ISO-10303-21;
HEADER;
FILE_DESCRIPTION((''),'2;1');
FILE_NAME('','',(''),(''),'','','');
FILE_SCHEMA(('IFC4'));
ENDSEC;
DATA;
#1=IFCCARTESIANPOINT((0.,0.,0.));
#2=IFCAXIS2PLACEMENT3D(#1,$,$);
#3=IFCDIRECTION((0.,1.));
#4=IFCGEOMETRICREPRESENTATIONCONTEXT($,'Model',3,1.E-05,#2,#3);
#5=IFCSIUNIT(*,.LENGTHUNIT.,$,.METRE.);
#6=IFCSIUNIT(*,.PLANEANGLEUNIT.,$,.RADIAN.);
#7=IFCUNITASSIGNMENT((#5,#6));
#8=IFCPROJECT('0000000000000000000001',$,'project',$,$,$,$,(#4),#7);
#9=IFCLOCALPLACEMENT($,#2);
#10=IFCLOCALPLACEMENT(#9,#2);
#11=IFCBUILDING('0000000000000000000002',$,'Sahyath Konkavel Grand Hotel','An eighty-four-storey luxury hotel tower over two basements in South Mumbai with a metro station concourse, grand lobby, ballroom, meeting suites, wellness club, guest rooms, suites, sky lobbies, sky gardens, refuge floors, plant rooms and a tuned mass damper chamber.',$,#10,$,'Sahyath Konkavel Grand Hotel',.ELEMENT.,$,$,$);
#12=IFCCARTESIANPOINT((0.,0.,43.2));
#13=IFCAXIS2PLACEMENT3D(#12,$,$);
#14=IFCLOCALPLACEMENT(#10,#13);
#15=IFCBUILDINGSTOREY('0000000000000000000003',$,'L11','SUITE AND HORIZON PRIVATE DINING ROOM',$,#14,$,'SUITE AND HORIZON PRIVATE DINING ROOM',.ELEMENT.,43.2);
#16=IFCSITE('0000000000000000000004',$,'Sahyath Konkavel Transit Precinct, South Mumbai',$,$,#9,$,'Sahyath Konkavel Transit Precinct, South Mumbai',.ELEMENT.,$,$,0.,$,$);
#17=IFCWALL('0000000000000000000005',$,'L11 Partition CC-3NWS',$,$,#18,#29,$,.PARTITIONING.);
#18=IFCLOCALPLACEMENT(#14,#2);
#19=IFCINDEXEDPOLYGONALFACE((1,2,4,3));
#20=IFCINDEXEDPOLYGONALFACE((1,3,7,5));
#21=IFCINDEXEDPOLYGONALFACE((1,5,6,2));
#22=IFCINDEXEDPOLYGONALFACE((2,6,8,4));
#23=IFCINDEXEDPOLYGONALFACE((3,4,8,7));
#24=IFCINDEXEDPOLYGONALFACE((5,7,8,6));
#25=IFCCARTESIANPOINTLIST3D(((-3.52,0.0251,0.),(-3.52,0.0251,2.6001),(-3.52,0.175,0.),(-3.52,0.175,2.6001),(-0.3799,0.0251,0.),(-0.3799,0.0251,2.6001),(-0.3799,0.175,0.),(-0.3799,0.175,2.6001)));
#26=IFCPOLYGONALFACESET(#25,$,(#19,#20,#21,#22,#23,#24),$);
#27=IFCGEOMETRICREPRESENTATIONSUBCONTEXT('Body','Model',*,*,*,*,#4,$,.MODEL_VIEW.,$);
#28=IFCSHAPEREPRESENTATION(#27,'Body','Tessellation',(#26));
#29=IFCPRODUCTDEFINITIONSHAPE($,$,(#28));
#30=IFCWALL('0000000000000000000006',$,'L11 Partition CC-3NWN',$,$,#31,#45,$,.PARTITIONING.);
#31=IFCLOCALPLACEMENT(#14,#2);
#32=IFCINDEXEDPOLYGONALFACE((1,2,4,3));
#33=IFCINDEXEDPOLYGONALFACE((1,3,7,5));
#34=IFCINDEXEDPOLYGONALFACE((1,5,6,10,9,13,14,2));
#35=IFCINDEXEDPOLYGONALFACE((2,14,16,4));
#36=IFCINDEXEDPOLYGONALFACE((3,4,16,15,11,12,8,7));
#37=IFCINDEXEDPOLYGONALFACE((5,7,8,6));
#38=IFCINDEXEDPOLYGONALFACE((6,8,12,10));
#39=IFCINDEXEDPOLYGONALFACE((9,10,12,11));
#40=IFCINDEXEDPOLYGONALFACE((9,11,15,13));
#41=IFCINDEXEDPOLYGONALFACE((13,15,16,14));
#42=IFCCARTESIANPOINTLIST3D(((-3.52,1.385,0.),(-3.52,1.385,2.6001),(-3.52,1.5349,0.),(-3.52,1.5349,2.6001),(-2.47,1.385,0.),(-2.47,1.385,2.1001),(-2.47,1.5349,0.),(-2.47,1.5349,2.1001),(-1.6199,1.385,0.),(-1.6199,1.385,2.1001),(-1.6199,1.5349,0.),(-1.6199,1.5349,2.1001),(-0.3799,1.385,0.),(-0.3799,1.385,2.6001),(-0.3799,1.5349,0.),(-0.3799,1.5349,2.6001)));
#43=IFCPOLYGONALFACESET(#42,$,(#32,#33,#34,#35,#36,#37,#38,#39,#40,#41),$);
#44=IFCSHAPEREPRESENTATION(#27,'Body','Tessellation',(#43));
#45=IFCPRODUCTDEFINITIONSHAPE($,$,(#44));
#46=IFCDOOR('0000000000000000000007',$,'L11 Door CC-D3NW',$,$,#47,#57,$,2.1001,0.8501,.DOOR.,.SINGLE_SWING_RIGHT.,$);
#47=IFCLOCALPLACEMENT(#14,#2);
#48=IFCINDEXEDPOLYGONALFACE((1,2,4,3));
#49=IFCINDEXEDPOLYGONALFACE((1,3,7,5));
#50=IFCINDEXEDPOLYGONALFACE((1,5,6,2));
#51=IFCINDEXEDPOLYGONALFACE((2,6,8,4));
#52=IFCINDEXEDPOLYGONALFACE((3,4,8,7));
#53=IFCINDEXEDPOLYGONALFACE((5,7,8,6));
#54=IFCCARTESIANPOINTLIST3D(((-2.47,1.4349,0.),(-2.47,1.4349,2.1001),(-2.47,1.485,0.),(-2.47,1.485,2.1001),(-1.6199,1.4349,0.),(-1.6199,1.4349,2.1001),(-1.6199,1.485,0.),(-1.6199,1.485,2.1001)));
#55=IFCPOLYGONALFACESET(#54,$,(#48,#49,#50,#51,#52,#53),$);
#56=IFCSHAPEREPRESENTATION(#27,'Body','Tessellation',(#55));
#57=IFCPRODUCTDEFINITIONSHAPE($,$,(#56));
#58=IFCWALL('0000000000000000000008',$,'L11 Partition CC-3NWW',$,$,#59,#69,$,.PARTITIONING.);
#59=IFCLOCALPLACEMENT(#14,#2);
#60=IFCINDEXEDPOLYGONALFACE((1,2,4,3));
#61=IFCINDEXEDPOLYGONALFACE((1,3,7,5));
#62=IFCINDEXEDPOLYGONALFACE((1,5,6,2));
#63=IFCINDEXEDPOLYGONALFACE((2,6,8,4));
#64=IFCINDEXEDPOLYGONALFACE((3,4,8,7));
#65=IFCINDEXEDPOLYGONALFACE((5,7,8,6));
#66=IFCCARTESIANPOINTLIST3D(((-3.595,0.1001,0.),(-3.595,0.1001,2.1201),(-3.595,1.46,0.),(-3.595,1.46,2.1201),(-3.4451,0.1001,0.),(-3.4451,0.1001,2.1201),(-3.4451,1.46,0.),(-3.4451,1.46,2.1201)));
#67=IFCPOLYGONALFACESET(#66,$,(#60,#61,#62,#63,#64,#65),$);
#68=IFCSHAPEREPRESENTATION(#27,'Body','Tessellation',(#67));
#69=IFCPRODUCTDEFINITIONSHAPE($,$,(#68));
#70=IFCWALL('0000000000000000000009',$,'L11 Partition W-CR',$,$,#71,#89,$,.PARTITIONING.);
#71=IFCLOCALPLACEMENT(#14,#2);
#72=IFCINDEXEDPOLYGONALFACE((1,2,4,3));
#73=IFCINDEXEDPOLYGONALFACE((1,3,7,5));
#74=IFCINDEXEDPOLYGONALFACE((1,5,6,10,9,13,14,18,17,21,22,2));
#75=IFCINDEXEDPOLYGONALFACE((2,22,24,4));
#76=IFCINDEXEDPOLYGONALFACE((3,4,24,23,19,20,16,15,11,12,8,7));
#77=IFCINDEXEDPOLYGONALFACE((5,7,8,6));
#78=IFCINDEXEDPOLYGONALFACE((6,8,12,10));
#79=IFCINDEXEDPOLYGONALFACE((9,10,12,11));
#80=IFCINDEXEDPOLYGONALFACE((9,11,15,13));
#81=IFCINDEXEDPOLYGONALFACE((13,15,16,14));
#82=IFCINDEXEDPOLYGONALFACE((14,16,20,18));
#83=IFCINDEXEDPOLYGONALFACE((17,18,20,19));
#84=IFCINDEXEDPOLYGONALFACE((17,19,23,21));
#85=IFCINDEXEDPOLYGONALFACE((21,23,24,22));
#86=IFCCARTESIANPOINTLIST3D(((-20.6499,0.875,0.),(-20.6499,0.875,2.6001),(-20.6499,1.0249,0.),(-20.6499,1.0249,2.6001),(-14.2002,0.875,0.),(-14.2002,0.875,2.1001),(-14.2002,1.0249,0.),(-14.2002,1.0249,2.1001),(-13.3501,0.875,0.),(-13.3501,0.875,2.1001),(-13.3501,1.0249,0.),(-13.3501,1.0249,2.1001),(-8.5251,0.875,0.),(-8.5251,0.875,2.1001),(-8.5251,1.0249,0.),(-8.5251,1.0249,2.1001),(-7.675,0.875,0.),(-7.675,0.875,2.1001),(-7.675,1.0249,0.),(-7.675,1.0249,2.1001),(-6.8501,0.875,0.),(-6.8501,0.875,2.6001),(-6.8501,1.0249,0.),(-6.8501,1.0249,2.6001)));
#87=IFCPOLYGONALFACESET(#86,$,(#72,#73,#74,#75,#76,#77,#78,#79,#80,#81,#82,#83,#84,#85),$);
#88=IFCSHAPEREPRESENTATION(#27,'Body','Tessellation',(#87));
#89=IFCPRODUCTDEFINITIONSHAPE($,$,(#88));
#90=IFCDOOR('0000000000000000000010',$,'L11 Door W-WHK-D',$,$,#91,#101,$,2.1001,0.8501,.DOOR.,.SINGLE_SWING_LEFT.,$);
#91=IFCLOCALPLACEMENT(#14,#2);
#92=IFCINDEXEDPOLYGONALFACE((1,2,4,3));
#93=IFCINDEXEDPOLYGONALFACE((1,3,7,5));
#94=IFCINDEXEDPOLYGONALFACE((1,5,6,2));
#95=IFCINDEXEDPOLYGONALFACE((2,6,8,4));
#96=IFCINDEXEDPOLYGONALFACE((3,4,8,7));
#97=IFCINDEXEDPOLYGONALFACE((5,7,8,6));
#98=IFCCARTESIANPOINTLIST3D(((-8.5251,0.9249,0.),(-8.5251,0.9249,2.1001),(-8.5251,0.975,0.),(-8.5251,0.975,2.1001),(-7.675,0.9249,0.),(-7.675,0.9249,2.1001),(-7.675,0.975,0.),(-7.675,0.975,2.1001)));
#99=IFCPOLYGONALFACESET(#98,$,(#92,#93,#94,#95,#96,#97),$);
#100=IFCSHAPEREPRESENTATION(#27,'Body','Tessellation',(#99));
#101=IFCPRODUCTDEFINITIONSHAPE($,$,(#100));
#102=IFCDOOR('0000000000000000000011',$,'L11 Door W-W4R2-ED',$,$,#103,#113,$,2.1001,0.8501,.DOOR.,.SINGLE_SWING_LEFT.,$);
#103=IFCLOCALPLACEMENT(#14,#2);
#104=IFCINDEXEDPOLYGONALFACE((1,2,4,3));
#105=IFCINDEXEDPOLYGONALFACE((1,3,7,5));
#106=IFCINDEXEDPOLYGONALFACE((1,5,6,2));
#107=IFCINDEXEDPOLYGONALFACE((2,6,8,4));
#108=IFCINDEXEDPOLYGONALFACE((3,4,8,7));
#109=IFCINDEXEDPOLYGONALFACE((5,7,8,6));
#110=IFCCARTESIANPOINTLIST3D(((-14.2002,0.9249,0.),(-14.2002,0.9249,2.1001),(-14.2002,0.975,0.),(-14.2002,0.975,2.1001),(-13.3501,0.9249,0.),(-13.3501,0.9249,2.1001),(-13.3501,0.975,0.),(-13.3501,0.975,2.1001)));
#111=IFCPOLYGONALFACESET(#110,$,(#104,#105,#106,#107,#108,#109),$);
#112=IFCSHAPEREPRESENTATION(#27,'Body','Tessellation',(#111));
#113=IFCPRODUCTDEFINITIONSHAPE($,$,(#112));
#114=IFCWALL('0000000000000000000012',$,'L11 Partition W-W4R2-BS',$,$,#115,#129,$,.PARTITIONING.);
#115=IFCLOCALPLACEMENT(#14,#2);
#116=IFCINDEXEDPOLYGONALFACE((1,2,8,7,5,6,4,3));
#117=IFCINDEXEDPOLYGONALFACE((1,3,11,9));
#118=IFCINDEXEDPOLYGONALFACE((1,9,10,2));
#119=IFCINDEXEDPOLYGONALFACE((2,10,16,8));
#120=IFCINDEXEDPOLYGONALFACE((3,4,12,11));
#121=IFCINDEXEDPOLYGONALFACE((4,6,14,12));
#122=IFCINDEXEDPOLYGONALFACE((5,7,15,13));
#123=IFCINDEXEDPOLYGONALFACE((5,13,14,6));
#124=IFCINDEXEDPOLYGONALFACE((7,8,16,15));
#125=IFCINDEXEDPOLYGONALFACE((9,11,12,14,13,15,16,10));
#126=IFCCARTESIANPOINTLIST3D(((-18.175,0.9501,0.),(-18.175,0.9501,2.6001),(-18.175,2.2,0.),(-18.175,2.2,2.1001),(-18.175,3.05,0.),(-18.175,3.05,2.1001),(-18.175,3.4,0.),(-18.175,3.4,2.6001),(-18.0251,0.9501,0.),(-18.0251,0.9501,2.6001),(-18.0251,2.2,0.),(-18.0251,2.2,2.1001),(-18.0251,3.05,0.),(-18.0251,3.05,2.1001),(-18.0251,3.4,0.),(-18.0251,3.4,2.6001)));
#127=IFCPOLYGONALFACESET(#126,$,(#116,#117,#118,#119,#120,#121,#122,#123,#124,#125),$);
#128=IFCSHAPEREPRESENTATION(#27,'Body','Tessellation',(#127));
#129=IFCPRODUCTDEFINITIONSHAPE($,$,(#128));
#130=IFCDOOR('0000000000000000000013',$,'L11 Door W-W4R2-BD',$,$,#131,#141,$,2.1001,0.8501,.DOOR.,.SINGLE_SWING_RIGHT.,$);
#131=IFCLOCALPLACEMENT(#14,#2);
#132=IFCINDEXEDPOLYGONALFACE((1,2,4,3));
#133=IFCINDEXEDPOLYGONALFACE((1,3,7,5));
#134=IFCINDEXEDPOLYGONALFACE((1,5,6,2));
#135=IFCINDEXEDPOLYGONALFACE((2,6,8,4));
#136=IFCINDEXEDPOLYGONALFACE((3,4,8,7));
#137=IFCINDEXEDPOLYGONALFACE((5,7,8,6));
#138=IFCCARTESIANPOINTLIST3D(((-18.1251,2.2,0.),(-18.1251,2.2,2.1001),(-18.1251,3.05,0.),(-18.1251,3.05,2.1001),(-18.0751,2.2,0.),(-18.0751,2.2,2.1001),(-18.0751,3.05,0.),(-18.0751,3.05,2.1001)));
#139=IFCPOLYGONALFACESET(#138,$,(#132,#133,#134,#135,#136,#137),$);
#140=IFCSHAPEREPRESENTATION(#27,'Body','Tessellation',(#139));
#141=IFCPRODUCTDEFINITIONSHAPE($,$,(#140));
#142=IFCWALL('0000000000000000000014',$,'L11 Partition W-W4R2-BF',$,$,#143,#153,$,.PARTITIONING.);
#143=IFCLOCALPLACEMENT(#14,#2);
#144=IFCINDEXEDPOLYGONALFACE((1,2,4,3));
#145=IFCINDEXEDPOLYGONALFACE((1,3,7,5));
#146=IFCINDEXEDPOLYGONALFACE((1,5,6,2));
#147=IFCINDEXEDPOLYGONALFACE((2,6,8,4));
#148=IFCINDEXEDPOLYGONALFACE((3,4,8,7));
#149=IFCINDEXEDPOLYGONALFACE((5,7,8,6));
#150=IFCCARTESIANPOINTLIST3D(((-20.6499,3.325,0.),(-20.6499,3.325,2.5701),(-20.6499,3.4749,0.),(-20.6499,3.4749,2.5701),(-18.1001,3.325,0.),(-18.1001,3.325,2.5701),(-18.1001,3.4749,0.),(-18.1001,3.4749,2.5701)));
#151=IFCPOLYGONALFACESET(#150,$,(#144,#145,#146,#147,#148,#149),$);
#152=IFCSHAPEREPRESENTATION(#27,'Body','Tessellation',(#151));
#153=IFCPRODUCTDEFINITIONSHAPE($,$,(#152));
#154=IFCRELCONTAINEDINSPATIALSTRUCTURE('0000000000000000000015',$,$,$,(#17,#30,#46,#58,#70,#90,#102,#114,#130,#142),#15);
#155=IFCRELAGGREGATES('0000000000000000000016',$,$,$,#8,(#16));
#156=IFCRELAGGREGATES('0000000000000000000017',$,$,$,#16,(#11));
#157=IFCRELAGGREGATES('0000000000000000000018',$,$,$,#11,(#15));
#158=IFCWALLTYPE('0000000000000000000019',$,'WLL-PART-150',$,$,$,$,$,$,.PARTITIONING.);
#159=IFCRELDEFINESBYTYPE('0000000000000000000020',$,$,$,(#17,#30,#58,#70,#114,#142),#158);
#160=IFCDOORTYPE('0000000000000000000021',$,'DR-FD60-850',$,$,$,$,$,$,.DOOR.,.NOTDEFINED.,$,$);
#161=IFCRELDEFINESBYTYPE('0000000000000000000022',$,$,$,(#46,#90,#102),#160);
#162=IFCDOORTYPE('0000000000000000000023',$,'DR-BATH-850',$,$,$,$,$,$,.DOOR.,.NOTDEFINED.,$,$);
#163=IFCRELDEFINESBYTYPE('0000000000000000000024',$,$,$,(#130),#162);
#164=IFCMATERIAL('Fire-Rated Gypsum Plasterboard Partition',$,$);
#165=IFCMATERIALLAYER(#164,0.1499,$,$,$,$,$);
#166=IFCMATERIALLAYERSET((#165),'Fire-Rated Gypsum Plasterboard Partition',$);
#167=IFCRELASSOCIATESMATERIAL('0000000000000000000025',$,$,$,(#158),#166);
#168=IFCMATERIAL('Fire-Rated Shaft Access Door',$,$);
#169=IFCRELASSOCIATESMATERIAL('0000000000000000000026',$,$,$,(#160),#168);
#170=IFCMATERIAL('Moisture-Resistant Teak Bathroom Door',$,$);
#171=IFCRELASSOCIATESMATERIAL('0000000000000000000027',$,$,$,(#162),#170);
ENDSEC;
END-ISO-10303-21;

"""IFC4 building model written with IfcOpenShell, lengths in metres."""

from ifc_helpers import new_model, si_unit, direction, frame, frame_2d, origin, origin_2d, place, context, subcontext, project, spatial, rectangle, extrude, source, transform, mapped, material, layer, layer_set, type_object, element, fill, save


model = new_model("IFC4")

# Units and contexts
model_context = context("Model", 3, precision=1e-05, world=origin(), true_north=direction((0.0, 1.0)))
body_context = subcontext(model_context, "Body", "Model", "MODEL_VIEW")
ifc_project = project(units=[si_unit("LENGTHUNIT", "METRE"), si_unit("PLANEANGLEUNIT", "RADIAN")], contexts=[model_context])

# Site, building, storey
site_placement = place(None, origin())
site = spatial("IfcSite", under=ifc_project, at=site_placement, Name="Sahyath Konkavel Transit Precinct, South Mumbai", LongName="Sahyath Konkavel Transit Precinct, South Mumbai", CompositionType="ELEMENT", RefElevation=0.0)
building_placement = place(site_placement, origin())
building = spatial("IfcBuilding", under=site, at=building_placement, Name="Sahyath Konkavel Grand Hotel", Description="An eighty-four-storey luxury hotel tower over two basements in South Mumbai with a metro station concourse, grand lobby, ballroom, meeting suites, wellness club, guest rooms, suites, sky lobbies, sky gardens, refuge floors, plant rooms and a tuned mass damper chamber.", LongName="Sahyath Konkavel Grand Hotel", CompositionType="ELEMENT")
storey_placement = place(building_placement, frame((0.0, 0.0, 43.2)))
storey = spatial("IfcBuildingStorey", under=building, at=storey_placement, Name="L11", Description="SUITE AND HORIZON PRIVATE DINING ROOM", LongName="SUITE AND HORIZON PRIVATE DINING ROOM", CompositionType="ELEMENT", Elevation=43.2)

# Wall
ifc_material_1 = material(Name="Fire-Rated Gypsum Plasterboard Partition")
ifc_layer_1 = layer(ifc_material_1, 0.1499)
ifc_layer_set_1 = layer_set([ifc_layer_1], Name="Fire-Rated Gypsum Plasterboard Partition")
wall_type_1 = type_object("IfcWallType", Name="WLL-PART-150", PredefinedType="PARTITIONING", material=ifc_layer_set_1)
wall_1_placement = place(storey_placement, frame((-3.52, 0.1001, 0.0), z_axis=(0.0, 0.0, 1.0), x_axis=(1.0, 0.0, 0.0)))
element("IfcWall", 1, at=wall_1_placement, inside=storey, type_object=wall_type_1, Name="L11 Partition CC-3NWS", PredefinedType="PARTITIONING", context=body_context, shape_type="SweptSolid", body=[
    extrude(rectangle(XDim=3.1401, YDim=0.1499, at=frame_2d((1.5701, 0.0))), origin(), (0.0, 0.0, 1.0), 2.6001),
])

# Wall, opening, door
wall_2_placement = place(storey_placement, frame((-3.52, 1.46, 0.0), z_axis=(0.0, 0.0, 1.0), x_axis=(1.0, 0.0, 0.0)))
wall_2 = element("IfcWall", 2, at=wall_2_placement, inside=storey, type_object=wall_type_1, Name="L11 Partition CC-3NWN", PredefinedType="PARTITIONING", context=body_context, shape_type="SweptSolid", body=[
    extrude(rectangle(XDim=3.1401, YDim=0.1499, at=frame_2d((1.5701, 0.0))), origin(), (0.0, 0.0, 1.0), 2.6001),
])
opening_1_placement = place(wall_2_placement, frame((1.05, 0.0, 0.0)))
opening_1 = element("IfcOpeningElement", 3, at=opening_1_placement, cuts=wall_2, PredefinedType="OPENING", context=body_context, shape_type="SweptSolid", body=[
    extrude(rectangle(XDim=0.8501, YDim=2.1001, at=frame_2d((0.425, 1.05))), frame((0.0, 0.085, 0.0), z_axis=(0.0, -1.0, 0.0), x_axis=(1.0, 0.0, 0.0)), (0.0, 0.0, 1.0), 0.1699),
])
ifc_material_2 = material(Name="Fire-Rated Shaft Access Door")
door_type_1 = type_object("IfcDoorType", Name="DR-FD60-850", OperationType="NOTDEFINED", PredefinedType="DOOR", material=ifc_material_2)
shared_shape_1 = source(origin(), body_context, "Body", "SweptSolid", [
    extrude(rectangle(XDim=0.8501, YDim=0.05, at=origin_2d()), origin(), (0.0, 0.0, 1.0), 2.1001),
])
door_1_placement = place(opening_1_placement, frame((0.425, 0.0, 0.0)))
door_1 = element("IfcDoor", 4, at=door_1_placement, inside=storey, type_object=door_type_1, Name="L11 Door CC-D3NW", OperationType="SINGLE_SWING_RIGHT", OverallHeight=2.1001, OverallWidth=0.8501, PredefinedType="DOOR", context=body_context, shape_type="MappedRepresentation", body=[
    mapped(shared_shape_1, transform((0.0, 0.0, 0.0), scale=1.0)),
])
fill(opening_1, door_1)

# Wall
wall_3_placement = place(storey_placement, frame((-3.52, 0.1001, 0.0), z_axis=(0.0, 0.0, 1.0), x_axis=(0.0, 1.0, 0.0)))
element("IfcWall", 5, at=wall_3_placement, inside=storey, type_object=wall_type_1, Name="L11 Partition CC-3NWW", PredefinedType="PARTITIONING", context=body_context, shape_type="SweptSolid", body=[
    extrude(rectangle(XDim=1.3599, YDim=0.1499, at=frame_2d((0.6799, 0.0))), origin(), (0.0, 0.0, 1.0), 2.1201),
])

# Wall, openings, doors
wall_4_placement = place(storey_placement, frame((-6.8501, 0.95, 0.0), z_axis=(0.0, 0.0, 1.0), x_axis=(-1.0, 0.0, 0.0)))
wall_4 = element("IfcWall", 6, at=wall_4_placement, inside=storey, type_object=wall_type_1, Name="L11 Partition W-CR", PredefinedType="PARTITIONING", context=body_context, shape_type="SweptSolid", body=[
    extrude(rectangle(XDim=13.7998, YDim=0.1499, at=frame_2d((6.8999, 0.0))), origin(), (0.0, 0.0, 1.0), 2.6001),
])
opening_2_placement = place(wall_4_placement, frame((0.825, 0.0, 0.0)))
opening_2 = element("IfcOpeningElement", 7, at=opening_2_placement, cuts=wall_4, PredefinedType="OPENING", context=body_context, shape_type="SweptSolid", body=[
    extrude(rectangle(XDim=0.8501, YDim=2.1001, at=frame_2d((0.425, 1.05))), frame((0.0, 0.085, 0.0), z_axis=(0.0, -1.0, 0.0), x_axis=(1.0, 0.0, 0.0)), (0.0, 0.0, 1.0), 0.1699),
])
opening_3_placement = place(wall_4_placement, frame((6.5, 0.0, 0.0)))
opening_3 = element("IfcOpeningElement", 8, at=opening_3_placement, cuts=wall_4, PredefinedType="OPENING", context=body_context, shape_type="SweptSolid", body=[
    extrude(rectangle(XDim=0.8501, YDim=2.1001, at=frame_2d((0.425, 1.05))), frame((0.0, 0.085, 0.0), z_axis=(0.0, -1.0, 0.0), x_axis=(1.0, 0.0, 0.0)), (0.0, 0.0, 1.0), 0.1699),
])
door_2_placement = place(opening_2_placement, frame((0.425, 0.0, 0.0)))
door_2 = element("IfcDoor", 9, at=door_2_placement, inside=storey, type_object=door_type_1, Name="L11 Door W-WHK-D", OperationType="SINGLE_SWING_LEFT", OverallHeight=2.1001, OverallWidth=0.8501, PredefinedType="DOOR", context=body_context, shape_type="MappedRepresentation", body=[
    mapped(shared_shape_1, transform((0.0, 0.0, 0.0), scale=1.0)),
])
fill(opening_2, door_2)
door_3_placement = place(opening_3_placement, frame((0.425, 0.0, 0.0)))
door_3 = element("IfcDoor", 10, at=door_3_placement, inside=storey, type_object=door_type_1, Name="L11 Door W-W4R2-ED", OperationType="SINGLE_SWING_LEFT", OverallHeight=2.1001, OverallWidth=0.8501, PredefinedType="DOOR", context=body_context, shape_type="MappedRepresentation", body=[
    mapped(shared_shape_1, transform((0.0, 0.0, 0.0), scale=1.0)),
])
fill(opening_3, door_3)

# Wall, opening, door
wall_5_placement = place(storey_placement, frame((-18.1001, 0.95, 0.0), z_axis=(0.0, 0.0, 1.0), x_axis=(0.0, 1.0, 0.0)))
wall_5 = element("IfcWall", 11, at=wall_5_placement, inside=storey, type_object=wall_type_1, Name="L11 Partition W-W4R2-BS", PredefinedType="PARTITIONING", context=body_context, shape_type="SweptSolid", body=[
    extrude(rectangle(XDim=2.45, YDim=0.1499, at=frame_2d((1.2251, 0.0))), origin(), (0.0, 0.0, 1.0), 2.6001),
])
opening_4_placement = place(wall_5_placement, frame((1.25, 0.0, 0.0)))
opening_4 = element("IfcOpeningElement", 12, at=opening_4_placement, cuts=wall_5, PredefinedType="OPENING", context=body_context, shape_type="SweptSolid", body=[
    extrude(rectangle(XDim=0.8501, YDim=2.1001, at=frame_2d((0.425, 1.05))), frame((0.0, 0.085, 0.0), z_axis=(0.0, -1.0, 0.0), x_axis=(1.0, 0.0, 0.0)), (0.0, 0.0, 1.0), 0.1699),
])
ifc_material_3 = material(Name="Moisture-Resistant Teak Bathroom Door")
door_type_2 = type_object("IfcDoorType", Name="DR-BATH-850", OperationType="NOTDEFINED", PredefinedType="DOOR", material=ifc_material_3)
door_4_placement = place(opening_4_placement, frame((0.425, 0.0, 0.0)))
door_4 = element("IfcDoor", 13, at=door_4_placement, inside=storey, type_object=door_type_2, Name="L11 Door W-W4R2-BD", OperationType="SINGLE_SWING_RIGHT", OverallHeight=2.1001, OverallWidth=0.8501, PredefinedType="DOOR", context=body_context, shape_type="MappedRepresentation", body=[
    mapped(shared_shape_1, transform((0.0, 0.0, 0.0), scale=1.0)),
])
fill(opening_4, door_4)

# Wall
wall_6_placement = place(storey_placement, frame((-18.1001, 3.3999, 0.0), z_axis=(0.0, 0.0, 1.0), x_axis=(-1.0, 0.0, 0.0)))
element("IfcWall", 14, at=wall_6_placement, inside=storey, type_object=wall_type_1, Name="L11 Partition W-W4R2-BF", PredefinedType="PARTITIONING", context=body_context, shape_type="SweptSolid", body=[
    extrude(rectangle(XDim=2.5498, YDim=0.1499, at=frame_2d((1.2749, 0.0))), origin(), (0.0, 0.0, 1.0), 2.5701),
])

save(model, "model.ifc")
